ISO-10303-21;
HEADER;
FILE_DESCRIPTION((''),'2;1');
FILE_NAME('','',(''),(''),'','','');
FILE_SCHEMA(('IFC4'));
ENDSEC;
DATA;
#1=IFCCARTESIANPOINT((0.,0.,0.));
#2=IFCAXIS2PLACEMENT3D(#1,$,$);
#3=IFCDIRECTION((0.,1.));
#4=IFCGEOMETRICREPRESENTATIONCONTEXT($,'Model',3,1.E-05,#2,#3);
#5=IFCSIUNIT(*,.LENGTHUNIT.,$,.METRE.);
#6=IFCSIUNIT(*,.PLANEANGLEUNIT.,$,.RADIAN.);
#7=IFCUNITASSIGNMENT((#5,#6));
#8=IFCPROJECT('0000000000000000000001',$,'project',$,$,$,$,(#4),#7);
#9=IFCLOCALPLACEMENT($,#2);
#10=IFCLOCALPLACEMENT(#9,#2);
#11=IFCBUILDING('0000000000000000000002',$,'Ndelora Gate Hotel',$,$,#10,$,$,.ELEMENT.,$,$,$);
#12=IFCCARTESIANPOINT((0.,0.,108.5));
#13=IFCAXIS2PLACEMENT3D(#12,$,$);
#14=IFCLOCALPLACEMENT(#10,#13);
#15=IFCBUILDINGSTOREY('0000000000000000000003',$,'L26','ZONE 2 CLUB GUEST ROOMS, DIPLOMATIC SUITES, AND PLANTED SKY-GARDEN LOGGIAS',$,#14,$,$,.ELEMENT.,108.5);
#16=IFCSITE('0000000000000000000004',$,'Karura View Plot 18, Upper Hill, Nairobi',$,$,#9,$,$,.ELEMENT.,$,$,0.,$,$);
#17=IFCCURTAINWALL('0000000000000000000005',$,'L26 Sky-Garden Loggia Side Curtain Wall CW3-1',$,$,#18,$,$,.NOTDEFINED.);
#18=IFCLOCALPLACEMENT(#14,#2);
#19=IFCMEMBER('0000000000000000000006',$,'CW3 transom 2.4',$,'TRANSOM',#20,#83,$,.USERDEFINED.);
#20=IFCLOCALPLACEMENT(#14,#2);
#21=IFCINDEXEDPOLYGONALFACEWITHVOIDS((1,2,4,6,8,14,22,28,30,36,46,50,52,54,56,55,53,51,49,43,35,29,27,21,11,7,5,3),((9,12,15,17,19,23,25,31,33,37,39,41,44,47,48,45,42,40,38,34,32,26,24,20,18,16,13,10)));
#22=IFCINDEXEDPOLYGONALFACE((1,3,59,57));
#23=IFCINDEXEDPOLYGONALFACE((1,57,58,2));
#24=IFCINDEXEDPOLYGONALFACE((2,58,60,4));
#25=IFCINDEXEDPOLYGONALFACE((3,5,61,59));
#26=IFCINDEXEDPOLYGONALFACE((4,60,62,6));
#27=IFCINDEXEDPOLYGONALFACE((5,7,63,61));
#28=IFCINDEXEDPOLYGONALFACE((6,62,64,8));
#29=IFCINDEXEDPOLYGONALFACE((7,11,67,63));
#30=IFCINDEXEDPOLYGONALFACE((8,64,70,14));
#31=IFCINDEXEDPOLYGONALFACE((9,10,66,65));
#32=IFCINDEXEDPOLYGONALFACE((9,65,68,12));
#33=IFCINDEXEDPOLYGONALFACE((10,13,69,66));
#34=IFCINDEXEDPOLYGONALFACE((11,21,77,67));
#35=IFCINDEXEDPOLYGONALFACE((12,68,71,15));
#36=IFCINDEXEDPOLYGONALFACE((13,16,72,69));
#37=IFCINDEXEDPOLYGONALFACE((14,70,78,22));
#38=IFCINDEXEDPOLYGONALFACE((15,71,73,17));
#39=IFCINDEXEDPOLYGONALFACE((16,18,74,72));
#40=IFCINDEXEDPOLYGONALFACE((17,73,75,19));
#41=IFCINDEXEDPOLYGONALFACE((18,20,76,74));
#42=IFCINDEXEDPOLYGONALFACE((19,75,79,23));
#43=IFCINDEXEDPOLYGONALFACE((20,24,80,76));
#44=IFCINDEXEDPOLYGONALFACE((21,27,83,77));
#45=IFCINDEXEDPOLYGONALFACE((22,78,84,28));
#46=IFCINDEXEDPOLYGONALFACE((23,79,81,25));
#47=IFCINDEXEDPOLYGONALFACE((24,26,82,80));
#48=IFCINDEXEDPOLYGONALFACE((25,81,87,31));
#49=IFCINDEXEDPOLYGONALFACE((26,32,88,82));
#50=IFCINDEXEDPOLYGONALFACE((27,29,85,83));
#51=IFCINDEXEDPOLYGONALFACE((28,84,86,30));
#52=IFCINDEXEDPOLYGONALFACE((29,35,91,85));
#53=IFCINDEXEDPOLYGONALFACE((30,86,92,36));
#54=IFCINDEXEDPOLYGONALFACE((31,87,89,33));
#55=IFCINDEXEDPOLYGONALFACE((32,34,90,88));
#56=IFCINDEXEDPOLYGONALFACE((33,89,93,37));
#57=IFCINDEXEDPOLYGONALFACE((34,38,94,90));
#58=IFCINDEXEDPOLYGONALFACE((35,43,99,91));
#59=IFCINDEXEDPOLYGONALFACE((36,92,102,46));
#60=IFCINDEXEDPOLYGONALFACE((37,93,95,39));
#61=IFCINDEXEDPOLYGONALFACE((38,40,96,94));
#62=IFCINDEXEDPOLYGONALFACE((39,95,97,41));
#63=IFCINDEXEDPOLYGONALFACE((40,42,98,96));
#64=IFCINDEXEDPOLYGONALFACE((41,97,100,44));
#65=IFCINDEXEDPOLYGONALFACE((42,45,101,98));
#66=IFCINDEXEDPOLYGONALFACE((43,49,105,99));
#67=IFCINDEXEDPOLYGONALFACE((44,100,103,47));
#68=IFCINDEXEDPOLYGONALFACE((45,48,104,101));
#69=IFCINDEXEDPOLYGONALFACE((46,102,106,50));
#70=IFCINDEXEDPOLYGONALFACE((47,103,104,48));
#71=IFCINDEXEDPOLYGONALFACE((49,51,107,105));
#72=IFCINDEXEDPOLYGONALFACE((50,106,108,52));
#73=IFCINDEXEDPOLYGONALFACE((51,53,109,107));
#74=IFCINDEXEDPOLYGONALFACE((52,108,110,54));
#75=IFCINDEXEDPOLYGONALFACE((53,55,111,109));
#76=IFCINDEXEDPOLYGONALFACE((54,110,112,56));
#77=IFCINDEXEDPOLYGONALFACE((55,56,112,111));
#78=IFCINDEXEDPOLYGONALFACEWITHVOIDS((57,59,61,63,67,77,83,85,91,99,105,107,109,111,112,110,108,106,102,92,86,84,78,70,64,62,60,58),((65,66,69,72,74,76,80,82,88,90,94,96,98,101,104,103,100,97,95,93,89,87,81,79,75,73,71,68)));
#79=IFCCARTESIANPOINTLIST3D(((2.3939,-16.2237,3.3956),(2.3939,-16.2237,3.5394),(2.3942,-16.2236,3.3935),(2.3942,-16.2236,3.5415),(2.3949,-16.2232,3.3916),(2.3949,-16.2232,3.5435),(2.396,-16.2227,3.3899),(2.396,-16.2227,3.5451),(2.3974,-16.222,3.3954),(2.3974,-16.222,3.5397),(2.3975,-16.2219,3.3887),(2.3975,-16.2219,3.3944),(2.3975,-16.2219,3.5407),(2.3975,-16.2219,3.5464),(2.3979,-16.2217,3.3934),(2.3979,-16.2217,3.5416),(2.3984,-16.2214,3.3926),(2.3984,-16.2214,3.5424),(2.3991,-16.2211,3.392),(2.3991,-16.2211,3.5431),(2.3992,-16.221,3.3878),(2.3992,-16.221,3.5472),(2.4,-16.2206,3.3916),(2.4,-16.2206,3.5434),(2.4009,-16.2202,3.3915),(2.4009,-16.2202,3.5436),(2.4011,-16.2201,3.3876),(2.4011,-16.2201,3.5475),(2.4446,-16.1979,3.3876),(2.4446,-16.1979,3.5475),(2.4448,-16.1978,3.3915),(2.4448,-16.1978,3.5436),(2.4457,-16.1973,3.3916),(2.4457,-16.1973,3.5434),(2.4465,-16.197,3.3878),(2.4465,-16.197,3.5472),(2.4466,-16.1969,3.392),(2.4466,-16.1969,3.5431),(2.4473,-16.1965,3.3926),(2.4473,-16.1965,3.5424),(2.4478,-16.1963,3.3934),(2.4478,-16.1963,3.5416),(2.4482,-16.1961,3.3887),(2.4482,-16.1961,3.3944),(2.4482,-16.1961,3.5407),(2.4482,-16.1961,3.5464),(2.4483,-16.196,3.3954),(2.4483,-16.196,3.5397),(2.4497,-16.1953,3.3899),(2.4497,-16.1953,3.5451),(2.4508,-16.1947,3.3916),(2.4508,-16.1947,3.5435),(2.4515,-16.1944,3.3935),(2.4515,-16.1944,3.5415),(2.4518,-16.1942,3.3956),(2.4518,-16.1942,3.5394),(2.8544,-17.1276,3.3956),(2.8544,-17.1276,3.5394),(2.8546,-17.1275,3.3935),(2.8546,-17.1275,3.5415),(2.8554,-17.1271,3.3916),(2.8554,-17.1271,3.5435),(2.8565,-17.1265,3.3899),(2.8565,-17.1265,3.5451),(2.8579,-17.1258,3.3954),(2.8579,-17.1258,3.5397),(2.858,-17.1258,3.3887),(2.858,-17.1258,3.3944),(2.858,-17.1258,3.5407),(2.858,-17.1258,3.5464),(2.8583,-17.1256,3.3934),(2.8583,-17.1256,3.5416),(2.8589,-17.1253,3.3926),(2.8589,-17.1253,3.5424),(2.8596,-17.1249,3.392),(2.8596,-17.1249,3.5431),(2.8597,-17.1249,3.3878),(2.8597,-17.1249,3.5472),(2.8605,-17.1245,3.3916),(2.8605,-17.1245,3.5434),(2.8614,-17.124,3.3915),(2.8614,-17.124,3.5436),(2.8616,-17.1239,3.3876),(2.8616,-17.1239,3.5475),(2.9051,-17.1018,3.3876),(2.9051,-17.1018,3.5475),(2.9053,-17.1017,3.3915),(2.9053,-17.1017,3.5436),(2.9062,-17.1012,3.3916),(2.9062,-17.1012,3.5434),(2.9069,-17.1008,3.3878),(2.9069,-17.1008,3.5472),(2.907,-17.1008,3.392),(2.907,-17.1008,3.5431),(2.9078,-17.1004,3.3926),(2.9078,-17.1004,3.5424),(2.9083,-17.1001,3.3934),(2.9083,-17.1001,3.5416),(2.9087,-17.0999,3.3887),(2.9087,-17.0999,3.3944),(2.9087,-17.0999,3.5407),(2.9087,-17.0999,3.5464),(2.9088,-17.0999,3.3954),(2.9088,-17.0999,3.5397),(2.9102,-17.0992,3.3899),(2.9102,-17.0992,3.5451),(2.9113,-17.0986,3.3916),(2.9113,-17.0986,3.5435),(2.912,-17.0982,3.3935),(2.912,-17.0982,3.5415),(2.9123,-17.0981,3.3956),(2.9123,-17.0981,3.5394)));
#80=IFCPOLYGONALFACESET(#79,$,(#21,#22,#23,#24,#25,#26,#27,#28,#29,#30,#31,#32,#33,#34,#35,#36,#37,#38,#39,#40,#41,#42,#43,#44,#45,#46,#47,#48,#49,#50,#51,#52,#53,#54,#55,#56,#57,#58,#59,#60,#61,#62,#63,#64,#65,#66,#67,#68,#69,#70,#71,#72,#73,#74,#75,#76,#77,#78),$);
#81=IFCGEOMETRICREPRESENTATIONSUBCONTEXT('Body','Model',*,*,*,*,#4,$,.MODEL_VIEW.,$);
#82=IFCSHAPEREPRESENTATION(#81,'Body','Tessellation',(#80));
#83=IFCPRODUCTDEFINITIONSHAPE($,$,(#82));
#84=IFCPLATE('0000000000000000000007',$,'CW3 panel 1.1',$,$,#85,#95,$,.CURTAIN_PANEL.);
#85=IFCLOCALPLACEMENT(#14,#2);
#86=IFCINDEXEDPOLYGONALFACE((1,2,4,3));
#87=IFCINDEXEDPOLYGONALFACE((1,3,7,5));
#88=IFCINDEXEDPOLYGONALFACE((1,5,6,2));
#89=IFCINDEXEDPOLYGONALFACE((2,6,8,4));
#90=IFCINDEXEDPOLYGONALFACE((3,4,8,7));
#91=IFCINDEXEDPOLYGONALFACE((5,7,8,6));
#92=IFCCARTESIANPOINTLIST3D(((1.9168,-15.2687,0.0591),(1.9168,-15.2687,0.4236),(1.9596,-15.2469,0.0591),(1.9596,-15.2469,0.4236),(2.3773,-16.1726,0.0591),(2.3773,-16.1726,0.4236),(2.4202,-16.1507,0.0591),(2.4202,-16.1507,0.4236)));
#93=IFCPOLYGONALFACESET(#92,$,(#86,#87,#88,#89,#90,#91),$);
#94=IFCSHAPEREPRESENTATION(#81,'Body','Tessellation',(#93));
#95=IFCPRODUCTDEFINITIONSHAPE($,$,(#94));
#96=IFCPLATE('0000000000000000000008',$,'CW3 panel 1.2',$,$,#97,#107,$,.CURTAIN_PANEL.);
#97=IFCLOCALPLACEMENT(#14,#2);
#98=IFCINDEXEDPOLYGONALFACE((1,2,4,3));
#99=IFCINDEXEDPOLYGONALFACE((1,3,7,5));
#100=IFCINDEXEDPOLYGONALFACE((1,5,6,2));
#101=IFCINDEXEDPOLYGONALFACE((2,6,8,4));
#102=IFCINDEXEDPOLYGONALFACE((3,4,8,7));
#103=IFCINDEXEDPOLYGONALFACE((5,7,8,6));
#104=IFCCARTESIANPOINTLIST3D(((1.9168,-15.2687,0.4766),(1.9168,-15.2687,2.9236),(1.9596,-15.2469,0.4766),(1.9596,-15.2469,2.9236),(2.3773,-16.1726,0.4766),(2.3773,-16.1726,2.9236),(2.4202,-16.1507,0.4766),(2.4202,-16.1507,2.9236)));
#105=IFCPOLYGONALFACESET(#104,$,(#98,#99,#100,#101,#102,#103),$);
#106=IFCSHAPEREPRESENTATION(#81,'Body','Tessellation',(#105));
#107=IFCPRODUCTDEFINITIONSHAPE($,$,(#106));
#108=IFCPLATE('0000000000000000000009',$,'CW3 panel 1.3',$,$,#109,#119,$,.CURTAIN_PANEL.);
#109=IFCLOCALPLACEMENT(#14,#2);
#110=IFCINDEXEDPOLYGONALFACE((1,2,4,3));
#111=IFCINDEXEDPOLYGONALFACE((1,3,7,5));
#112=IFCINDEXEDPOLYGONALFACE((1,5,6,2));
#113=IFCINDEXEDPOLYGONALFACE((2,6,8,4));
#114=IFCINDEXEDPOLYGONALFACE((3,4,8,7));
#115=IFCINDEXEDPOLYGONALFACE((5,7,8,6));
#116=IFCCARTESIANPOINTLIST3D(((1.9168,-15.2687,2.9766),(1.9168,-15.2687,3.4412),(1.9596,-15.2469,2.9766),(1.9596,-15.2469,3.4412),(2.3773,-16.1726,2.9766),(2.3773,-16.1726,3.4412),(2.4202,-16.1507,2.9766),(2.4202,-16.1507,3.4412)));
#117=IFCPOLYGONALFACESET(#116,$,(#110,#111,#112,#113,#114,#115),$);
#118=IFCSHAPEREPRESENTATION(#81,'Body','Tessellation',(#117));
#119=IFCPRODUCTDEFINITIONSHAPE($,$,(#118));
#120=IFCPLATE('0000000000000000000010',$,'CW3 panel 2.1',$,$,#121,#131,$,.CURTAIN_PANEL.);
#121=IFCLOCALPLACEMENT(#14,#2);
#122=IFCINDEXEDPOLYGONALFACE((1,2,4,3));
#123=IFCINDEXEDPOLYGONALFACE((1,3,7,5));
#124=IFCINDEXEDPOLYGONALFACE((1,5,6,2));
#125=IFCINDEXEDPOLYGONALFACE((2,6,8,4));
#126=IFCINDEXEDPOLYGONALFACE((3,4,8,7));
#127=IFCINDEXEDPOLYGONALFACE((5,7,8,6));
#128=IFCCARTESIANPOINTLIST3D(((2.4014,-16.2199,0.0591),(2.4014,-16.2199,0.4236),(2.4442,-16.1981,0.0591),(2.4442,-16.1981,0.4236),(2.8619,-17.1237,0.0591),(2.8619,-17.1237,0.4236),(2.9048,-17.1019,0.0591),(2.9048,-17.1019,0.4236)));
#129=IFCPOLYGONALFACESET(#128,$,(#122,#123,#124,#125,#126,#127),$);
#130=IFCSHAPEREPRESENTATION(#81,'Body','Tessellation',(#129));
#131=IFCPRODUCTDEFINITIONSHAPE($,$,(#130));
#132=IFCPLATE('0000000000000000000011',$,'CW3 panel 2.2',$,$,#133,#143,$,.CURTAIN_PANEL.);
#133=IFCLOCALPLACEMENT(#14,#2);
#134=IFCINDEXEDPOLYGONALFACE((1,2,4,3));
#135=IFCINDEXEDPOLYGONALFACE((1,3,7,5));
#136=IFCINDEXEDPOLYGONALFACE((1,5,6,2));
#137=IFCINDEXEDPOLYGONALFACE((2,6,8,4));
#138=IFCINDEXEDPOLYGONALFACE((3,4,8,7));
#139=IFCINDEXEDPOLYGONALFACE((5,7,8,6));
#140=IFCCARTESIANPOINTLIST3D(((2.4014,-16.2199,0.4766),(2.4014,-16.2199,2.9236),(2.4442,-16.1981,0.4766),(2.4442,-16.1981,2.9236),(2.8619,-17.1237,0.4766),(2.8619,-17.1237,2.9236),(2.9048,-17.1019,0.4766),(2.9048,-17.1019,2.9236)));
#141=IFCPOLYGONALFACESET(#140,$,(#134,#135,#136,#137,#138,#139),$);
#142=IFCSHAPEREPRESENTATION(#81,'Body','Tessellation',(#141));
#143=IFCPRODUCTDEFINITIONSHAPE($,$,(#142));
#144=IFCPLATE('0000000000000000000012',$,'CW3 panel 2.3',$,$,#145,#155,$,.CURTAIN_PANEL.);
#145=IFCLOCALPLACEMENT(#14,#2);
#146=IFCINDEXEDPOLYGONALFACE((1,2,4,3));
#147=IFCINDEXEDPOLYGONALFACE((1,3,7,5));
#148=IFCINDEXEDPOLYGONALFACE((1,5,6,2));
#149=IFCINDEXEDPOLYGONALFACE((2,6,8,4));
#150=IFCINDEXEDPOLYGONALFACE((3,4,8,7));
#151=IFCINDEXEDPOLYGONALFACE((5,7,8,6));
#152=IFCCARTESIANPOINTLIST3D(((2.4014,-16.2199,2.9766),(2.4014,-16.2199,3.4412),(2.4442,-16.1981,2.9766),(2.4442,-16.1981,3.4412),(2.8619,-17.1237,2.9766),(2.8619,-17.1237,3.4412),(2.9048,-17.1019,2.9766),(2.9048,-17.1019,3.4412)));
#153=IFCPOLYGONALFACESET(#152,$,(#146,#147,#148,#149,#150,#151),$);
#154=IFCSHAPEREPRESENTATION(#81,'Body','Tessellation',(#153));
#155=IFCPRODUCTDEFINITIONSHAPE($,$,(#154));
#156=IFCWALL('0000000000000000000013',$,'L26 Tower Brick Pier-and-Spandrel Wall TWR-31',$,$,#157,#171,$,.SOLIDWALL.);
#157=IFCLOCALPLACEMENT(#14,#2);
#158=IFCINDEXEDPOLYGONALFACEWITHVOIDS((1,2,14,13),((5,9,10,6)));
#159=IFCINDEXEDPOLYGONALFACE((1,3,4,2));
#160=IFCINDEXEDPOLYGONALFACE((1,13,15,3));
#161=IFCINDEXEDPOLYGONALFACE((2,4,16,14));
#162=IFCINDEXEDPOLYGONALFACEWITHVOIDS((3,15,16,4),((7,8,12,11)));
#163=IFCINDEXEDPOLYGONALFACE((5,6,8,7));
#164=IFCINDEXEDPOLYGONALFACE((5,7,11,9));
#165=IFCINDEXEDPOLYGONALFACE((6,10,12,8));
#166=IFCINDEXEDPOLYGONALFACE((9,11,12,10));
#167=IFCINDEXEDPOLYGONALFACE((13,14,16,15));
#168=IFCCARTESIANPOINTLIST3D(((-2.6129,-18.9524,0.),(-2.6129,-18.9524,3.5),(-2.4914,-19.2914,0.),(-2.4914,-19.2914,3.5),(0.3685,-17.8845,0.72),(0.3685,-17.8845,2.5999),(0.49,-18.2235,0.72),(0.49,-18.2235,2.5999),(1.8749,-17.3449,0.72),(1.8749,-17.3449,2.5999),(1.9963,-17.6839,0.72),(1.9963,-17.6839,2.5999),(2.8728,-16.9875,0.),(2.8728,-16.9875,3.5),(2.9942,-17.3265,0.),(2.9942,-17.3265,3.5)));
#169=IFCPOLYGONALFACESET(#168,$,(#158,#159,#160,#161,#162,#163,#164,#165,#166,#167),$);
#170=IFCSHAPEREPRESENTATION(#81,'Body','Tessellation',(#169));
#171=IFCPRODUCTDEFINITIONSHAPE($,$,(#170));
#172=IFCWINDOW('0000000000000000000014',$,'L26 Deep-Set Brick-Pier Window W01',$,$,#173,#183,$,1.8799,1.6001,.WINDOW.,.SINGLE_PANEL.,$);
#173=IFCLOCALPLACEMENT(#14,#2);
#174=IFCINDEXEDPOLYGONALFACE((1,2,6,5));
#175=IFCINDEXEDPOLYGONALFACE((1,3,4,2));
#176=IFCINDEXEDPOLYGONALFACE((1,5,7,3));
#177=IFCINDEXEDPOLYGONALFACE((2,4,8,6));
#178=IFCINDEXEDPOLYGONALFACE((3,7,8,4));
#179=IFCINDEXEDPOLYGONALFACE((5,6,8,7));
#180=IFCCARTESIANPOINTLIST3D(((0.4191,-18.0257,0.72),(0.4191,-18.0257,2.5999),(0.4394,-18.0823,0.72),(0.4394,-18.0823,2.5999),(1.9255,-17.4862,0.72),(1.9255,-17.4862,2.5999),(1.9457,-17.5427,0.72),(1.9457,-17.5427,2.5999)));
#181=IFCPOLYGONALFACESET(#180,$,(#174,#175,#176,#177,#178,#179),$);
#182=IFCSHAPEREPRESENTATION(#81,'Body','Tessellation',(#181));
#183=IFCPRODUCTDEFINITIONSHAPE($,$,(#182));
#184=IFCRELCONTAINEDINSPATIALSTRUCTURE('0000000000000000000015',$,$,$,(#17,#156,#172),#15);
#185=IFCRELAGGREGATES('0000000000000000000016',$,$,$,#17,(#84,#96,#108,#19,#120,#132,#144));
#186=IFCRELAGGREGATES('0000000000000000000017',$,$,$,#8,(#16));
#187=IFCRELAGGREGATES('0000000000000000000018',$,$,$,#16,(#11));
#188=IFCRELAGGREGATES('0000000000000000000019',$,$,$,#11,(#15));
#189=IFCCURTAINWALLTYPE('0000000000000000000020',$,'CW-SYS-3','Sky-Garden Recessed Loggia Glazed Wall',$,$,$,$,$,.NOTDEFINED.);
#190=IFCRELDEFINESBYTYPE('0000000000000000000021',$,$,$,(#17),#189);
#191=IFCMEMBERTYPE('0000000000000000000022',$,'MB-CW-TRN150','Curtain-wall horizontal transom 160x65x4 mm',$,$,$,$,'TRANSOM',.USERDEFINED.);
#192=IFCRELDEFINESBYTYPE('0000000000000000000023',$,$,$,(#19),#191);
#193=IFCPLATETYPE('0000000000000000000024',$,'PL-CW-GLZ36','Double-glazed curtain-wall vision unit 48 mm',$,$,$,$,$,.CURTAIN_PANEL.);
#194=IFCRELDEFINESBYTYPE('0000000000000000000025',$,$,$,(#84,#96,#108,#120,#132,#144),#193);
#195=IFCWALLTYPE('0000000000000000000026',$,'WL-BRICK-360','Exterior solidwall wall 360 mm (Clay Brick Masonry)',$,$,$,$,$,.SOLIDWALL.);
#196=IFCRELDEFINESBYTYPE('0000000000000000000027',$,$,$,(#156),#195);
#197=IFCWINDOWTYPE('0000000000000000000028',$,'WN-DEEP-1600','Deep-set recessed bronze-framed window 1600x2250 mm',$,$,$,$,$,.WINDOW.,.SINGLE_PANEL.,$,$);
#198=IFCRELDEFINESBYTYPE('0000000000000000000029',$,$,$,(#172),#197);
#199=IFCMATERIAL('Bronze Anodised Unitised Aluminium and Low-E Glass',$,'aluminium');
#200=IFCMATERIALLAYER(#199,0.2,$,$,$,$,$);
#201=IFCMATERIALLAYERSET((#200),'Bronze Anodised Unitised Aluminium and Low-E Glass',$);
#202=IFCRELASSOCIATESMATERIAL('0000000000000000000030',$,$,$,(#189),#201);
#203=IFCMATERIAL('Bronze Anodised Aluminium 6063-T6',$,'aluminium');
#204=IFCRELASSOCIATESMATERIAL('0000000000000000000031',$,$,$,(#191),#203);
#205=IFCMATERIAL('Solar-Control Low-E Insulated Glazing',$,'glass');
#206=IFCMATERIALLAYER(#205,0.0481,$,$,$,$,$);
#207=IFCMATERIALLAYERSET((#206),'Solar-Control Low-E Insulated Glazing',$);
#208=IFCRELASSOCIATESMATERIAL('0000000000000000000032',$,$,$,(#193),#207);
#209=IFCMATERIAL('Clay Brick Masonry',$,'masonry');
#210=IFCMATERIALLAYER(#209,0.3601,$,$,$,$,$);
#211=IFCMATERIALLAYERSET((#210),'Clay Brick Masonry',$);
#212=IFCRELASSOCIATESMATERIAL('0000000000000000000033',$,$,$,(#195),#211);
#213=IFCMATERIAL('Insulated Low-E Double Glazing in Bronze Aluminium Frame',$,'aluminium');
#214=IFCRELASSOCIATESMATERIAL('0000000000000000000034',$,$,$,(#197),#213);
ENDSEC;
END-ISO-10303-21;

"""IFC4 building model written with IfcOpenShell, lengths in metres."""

from ifc_helpers import new_model, si_unit, direction, frame, frame_2d, origin, origin_2d, place, context, subcontext, project, spatial, rectangle, hollow_rectangle, extrude, material, layer, layer_set, material_profile, profile_set, type_object, element, fill, aggregate, save


model = new_model("IFC4")

# Units and contexts
model_context = context("Model", 3, precision=1e-05, world=origin(), true_north=direction((0.0, 1.0)))
body_context = subcontext(model_context, "Body", "Model", "MODEL_VIEW")
ifc_project = project(units=[si_unit("LENGTHUNIT", "METRE"), si_unit("PLANEANGLEUNIT", "RADIAN")], contexts=[model_context])

# Site, building, storey
site_placement = place(None, origin())
site = spatial("IfcSite", under=ifc_project, at=site_placement, Name="Karura View Plot 18, Upper Hill, Nairobi", CompositionType="ELEMENT", RefElevation=0.0)
building_placement = place(site_placement, origin())
building = spatial("IfcBuilding", under=site, at=building_placement, Name="Ndelora Gate Hotel", CompositionType="ELEMENT")
storey_placement = place(building_placement, frame((0.0, 0.0, 108.5)))
storey = spatial("IfcBuildingStorey", under=building, at=storey_placement, Name="L26", Description="ZONE 2 CLUB GUEST ROOMS, DIPLOMATIC SUITES, AND PLANTED SKY-GARDEN LOGGIAS", CompositionType="ELEMENT", Elevation=108.5)

# Curtain wall, member, plates
ifc_material_1 = material(Name="Bronze Anodised Unitised Aluminium and Low-E Glass", Category="aluminium")
ifc_layer_1 = layer(ifc_material_1, 0.2)
ifc_layer_set_1 = layer_set([ifc_layer_1], Name="Bronze Anodised Unitised Aluminium and Low-E Glass")
curtain_wall_type = type_object("IfcCurtainWallType", Name="CW-SYS-3", Description="Sky-Garden Recessed Loggia Glazed Wall", PredefinedType="NOTDEFINED", material=ifc_layer_set_1)
curtain_wall_placement = place(storey_placement, origin())
curtain_wall = element("IfcCurtainWall", 1, at=curtain_wall_placement, inside=storey, type_object=curtain_wall_type, Name="L26 Sky-Garden Loggia Side Curtain Wall CW3-1", PredefinedType="NOTDEFINED")
ifc_material_2 = material(Name="Bronze Anodised Aluminium 6063-T6", Category="aluminium")
ifc_material_profile_1 = material_profile(ifc_material_2, hollow_rectangle(XDim=0.0649, YDim=0.1599, WallThickness=0.0039, InnerFilletRadius=0.0039, OuterFilletRadius=0.0081, at=origin_2d()), Name="ALU 160x65x4")
ifc_profile_set_1 = profile_set([ifc_material_profile_1], Name="Bronze Anodised Aluminium 6063-T6")
member_type_1 = type_object("IfcMemberType", Name="MB-CW-TRN150", Description="Curtain-wall horizontal transom 160x65x4 mm", ElementType="TRANSOM", PredefinedType="USERDEFINED", material=ifc_profile_set_1)
member_1_placement = place(storey_placement, frame((2.4229, -16.209, 3.4675), z_axis=(0.45394, -0.891032, 0.0), x_axis=(0.891032, 0.45394, 0.0)))
member_1 = element("IfcMember", 2, at=member_1_placement, type_object=member_type_1, Name="CW3 transom 2.4", ObjectType="TRANSOM", PredefinedType="USERDEFINED", context=body_context, shape_type="SweptSolid", body=[
    extrude(hollow_rectangle(XDim=0.0649, YDim=0.1599, WallThickness=0.0039, InnerFilletRadius=0.0039, OuterFilletRadius=0.0081, at=origin_2d()), origin(), (0.0, 0.0, 1.0), 1.0144),
])
ifc_material_3 = material(Name="Solar-Control Low-E Insulated Glazing", Category="glass")
ifc_layer_2 = layer(ifc_material_3, 0.0481)
ifc_layer_set_2 = layer_set([ifc_layer_2], Name="Solar-Control Low-E Insulated Glazing")
plate_type = type_object("IfcPlateType", Name="PL-CW-GLZ36", Description="Double-glazed curtain-wall vision unit 48 mm", PredefinedType="CURTAIN_PANEL", material=ifc_layer_set_2)
plate_1_placement = place(storey_placement, frame((2.1685, -15.7097, 0.0591), z_axis=(0.0, 0.0, 1.0), x_axis=(0.454001, -0.891001, 0.0)))
plate_1 = element("IfcPlate", 3, at=plate_1_placement, type_object=plate_type, Name="CW3 panel 1.1", PredefinedType="CURTAIN_PANEL", context=body_context, shape_type="SweptSolid", body=[
    extrude(rectangle(XDim=1.0144, YDim=0.0481, at=origin_2d()), origin(), (0.0, 0.0, 1.0), 0.3645),
])
plate_2_placement = place(storey_placement, frame((2.1685, -15.7097, 0.4766), z_axis=(0.0, 0.0, 1.0), x_axis=(0.454001, -0.891001, 0.0)))
plate_2 = element("IfcPlate", 4, at=plate_2_placement, type_object=plate_type, Name="CW3 panel 1.2", PredefinedType="CURTAIN_PANEL", context=body_context, shape_type="SweptSolid", body=[
    extrude(rectangle(XDim=1.0144, YDim=0.0481, at=origin_2d()), origin(), (0.0, 0.0, 1.0), 2.447),
])
plate_3_placement = place(storey_placement, frame((2.1685, -15.7097, 2.9766), z_axis=(0.0, 0.0, 1.0), x_axis=(0.454001, -0.891001, 0.0)))
plate_3 = element("IfcPlate", 5, at=plate_3_placement, type_object=plate_type, Name="CW3 panel 1.3", PredefinedType="CURTAIN_PANEL", context=body_context, shape_type="SweptSolid", body=[
    extrude(rectangle(XDim=1.0144, YDim=0.0481, at=origin_2d()), origin(), (0.0, 0.0, 1.0), 0.4646),
])
plate_4_placement = place(storey_placement, frame((2.6531, -16.6609, 0.0591), z_axis=(0.0, 0.0, 1.0), x_axis=(0.454001, -0.891001, 0.0)))
plate_4 = element("IfcPlate", 6, at=plate_4_placement, type_object=plate_type, Name="CW3 panel 2.1", PredefinedType="CURTAIN_PANEL", context=body_context, shape_type="SweptSolid", body=[
    extrude(rectangle(XDim=1.0144, YDim=0.0481, at=origin_2d()), origin(), (0.0, 0.0, 1.0), 0.3645),
])
plate_5_placement = place(storey_placement, frame((2.6531, -16.6609, 0.4766), z_axis=(0.0, 0.0, 1.0), x_axis=(0.454001, -0.891001, 0.0)))
plate_5 = element("IfcPlate", 7, at=plate_5_placement, type_object=plate_type, Name="CW3 panel 2.2", PredefinedType="CURTAIN_PANEL", context=body_context, shape_type="SweptSolid", body=[
    extrude(rectangle(XDim=1.0144, YDim=0.0481, at=origin_2d()), origin(), (0.0, 0.0, 1.0), 2.447),
])
plate_6_placement = place(storey_placement, frame((2.6531, -16.6609, 2.9766), z_axis=(0.0, 0.0, 1.0), x_axis=(0.454001, -0.891001, 0.0)))
plate_6 = element("IfcPlate", 8, at=plate_6_placement, type_object=plate_type, Name="CW3 panel 2.3", PredefinedType="CURTAIN_PANEL", context=body_context, shape_type="SweptSolid", body=[
    extrude(rectangle(XDim=1.0144, YDim=0.0481, at=origin_2d()), origin(), (0.0, 0.0, 1.0), 0.4646),
])
aggregate(curtain_wall, [plate_1, plate_2, plate_3, member_1, plate_4, plate_5, plate_6])

# Wall, opening, window
ifc_material_4 = material(Name="Clay Brick Masonry", Category="masonry")
ifc_layer_3 = layer(ifc_material_4, 0.3601)
ifc_layer_set_3 = layer_set([ifc_layer_3], Name="Clay Brick Masonry")
wall_type_1 = type_object("IfcWallType", Name="WL-BRICK-360", Description="Exterior solidwall wall 360 mm (Clay Brick Masonry)", PredefinedType="SOLIDWALL", material=ifc_layer_set_3)
wall_1_placement = place(storey_placement, frame((2.9336, -17.157, 0.0), z_axis=(0.0, 0.0, 1.0), x_axis=(-0.941432, -0.337204, 0.0)))
wall_1 = element("IfcWall", 9, at=wall_1_placement, inside=storey, type_object=wall_type_1, Name="L26 Tower Brick Pier-and-Spandrel Wall TWR-31", PredefinedType="SOLIDWALL", context=body_context, shape_type="SweptSolid", body=[
    extrude(rectangle(XDim=5.8269, YDim=0.3601, at=frame_2d((2.9136, 0.0))), origin(), (0.0, 0.0, 1.0), 3.5),
])
opening_placement = place(wall_1_placement, frame((1.0601, 0.0, 0.72)))
opening = element("IfcOpeningElement", 10, at=opening_placement, cuts=wall_1, PredefinedType="OPENING", context=body_context, shape_type="SweptSolid", body=[
    extrude(rectangle(XDim=1.6001, YDim=1.8799, at=frame_2d((0.8, 0.9399))), frame((0.0, 0.1899, 0.0), z_axis=(0.0, -1.0, 0.0), x_axis=(1.0, 0.0, 0.0)), (0.0, 0.0, 1.0), 0.3801),
])
ifc_material_5 = material(Name="Insulated Low-E Double Glazing in Bronze Aluminium Frame", Category="aluminium")
window_type = type_object("IfcWindowType", Name="WN-DEEP-1600", Description="Deep-set recessed bronze-framed window 1600x2250 mm", PartitioningType="SINGLE_PANEL", PredefinedType="WINDOW", material=ifc_material_5)
window_placement = place(opening_placement, origin())
window = element("IfcWindow", 11, at=window_placement, inside=storey, type_object=window_type, Name="L26 Deep-Set Brick-Pier Window W01", OverallHeight=1.8799, OverallWidth=1.6001, PartitioningType="SINGLE_PANEL", PredefinedType="WINDOW", context=body_context, shape_type="SweptSolid", body=[
    extrude(rectangle(XDim=1.6001, YDim=1.8799, at=frame_2d((0.8, 0.9399))), frame((0.0, 0.03, 0.0), z_axis=(0.0, -1.0, 0.0), x_axis=(1.0, 0.0, 0.0)), (0.0, 0.0, 1.0), 0.0601),
])
fill(opening, window)

save(model, "model.ifc")
